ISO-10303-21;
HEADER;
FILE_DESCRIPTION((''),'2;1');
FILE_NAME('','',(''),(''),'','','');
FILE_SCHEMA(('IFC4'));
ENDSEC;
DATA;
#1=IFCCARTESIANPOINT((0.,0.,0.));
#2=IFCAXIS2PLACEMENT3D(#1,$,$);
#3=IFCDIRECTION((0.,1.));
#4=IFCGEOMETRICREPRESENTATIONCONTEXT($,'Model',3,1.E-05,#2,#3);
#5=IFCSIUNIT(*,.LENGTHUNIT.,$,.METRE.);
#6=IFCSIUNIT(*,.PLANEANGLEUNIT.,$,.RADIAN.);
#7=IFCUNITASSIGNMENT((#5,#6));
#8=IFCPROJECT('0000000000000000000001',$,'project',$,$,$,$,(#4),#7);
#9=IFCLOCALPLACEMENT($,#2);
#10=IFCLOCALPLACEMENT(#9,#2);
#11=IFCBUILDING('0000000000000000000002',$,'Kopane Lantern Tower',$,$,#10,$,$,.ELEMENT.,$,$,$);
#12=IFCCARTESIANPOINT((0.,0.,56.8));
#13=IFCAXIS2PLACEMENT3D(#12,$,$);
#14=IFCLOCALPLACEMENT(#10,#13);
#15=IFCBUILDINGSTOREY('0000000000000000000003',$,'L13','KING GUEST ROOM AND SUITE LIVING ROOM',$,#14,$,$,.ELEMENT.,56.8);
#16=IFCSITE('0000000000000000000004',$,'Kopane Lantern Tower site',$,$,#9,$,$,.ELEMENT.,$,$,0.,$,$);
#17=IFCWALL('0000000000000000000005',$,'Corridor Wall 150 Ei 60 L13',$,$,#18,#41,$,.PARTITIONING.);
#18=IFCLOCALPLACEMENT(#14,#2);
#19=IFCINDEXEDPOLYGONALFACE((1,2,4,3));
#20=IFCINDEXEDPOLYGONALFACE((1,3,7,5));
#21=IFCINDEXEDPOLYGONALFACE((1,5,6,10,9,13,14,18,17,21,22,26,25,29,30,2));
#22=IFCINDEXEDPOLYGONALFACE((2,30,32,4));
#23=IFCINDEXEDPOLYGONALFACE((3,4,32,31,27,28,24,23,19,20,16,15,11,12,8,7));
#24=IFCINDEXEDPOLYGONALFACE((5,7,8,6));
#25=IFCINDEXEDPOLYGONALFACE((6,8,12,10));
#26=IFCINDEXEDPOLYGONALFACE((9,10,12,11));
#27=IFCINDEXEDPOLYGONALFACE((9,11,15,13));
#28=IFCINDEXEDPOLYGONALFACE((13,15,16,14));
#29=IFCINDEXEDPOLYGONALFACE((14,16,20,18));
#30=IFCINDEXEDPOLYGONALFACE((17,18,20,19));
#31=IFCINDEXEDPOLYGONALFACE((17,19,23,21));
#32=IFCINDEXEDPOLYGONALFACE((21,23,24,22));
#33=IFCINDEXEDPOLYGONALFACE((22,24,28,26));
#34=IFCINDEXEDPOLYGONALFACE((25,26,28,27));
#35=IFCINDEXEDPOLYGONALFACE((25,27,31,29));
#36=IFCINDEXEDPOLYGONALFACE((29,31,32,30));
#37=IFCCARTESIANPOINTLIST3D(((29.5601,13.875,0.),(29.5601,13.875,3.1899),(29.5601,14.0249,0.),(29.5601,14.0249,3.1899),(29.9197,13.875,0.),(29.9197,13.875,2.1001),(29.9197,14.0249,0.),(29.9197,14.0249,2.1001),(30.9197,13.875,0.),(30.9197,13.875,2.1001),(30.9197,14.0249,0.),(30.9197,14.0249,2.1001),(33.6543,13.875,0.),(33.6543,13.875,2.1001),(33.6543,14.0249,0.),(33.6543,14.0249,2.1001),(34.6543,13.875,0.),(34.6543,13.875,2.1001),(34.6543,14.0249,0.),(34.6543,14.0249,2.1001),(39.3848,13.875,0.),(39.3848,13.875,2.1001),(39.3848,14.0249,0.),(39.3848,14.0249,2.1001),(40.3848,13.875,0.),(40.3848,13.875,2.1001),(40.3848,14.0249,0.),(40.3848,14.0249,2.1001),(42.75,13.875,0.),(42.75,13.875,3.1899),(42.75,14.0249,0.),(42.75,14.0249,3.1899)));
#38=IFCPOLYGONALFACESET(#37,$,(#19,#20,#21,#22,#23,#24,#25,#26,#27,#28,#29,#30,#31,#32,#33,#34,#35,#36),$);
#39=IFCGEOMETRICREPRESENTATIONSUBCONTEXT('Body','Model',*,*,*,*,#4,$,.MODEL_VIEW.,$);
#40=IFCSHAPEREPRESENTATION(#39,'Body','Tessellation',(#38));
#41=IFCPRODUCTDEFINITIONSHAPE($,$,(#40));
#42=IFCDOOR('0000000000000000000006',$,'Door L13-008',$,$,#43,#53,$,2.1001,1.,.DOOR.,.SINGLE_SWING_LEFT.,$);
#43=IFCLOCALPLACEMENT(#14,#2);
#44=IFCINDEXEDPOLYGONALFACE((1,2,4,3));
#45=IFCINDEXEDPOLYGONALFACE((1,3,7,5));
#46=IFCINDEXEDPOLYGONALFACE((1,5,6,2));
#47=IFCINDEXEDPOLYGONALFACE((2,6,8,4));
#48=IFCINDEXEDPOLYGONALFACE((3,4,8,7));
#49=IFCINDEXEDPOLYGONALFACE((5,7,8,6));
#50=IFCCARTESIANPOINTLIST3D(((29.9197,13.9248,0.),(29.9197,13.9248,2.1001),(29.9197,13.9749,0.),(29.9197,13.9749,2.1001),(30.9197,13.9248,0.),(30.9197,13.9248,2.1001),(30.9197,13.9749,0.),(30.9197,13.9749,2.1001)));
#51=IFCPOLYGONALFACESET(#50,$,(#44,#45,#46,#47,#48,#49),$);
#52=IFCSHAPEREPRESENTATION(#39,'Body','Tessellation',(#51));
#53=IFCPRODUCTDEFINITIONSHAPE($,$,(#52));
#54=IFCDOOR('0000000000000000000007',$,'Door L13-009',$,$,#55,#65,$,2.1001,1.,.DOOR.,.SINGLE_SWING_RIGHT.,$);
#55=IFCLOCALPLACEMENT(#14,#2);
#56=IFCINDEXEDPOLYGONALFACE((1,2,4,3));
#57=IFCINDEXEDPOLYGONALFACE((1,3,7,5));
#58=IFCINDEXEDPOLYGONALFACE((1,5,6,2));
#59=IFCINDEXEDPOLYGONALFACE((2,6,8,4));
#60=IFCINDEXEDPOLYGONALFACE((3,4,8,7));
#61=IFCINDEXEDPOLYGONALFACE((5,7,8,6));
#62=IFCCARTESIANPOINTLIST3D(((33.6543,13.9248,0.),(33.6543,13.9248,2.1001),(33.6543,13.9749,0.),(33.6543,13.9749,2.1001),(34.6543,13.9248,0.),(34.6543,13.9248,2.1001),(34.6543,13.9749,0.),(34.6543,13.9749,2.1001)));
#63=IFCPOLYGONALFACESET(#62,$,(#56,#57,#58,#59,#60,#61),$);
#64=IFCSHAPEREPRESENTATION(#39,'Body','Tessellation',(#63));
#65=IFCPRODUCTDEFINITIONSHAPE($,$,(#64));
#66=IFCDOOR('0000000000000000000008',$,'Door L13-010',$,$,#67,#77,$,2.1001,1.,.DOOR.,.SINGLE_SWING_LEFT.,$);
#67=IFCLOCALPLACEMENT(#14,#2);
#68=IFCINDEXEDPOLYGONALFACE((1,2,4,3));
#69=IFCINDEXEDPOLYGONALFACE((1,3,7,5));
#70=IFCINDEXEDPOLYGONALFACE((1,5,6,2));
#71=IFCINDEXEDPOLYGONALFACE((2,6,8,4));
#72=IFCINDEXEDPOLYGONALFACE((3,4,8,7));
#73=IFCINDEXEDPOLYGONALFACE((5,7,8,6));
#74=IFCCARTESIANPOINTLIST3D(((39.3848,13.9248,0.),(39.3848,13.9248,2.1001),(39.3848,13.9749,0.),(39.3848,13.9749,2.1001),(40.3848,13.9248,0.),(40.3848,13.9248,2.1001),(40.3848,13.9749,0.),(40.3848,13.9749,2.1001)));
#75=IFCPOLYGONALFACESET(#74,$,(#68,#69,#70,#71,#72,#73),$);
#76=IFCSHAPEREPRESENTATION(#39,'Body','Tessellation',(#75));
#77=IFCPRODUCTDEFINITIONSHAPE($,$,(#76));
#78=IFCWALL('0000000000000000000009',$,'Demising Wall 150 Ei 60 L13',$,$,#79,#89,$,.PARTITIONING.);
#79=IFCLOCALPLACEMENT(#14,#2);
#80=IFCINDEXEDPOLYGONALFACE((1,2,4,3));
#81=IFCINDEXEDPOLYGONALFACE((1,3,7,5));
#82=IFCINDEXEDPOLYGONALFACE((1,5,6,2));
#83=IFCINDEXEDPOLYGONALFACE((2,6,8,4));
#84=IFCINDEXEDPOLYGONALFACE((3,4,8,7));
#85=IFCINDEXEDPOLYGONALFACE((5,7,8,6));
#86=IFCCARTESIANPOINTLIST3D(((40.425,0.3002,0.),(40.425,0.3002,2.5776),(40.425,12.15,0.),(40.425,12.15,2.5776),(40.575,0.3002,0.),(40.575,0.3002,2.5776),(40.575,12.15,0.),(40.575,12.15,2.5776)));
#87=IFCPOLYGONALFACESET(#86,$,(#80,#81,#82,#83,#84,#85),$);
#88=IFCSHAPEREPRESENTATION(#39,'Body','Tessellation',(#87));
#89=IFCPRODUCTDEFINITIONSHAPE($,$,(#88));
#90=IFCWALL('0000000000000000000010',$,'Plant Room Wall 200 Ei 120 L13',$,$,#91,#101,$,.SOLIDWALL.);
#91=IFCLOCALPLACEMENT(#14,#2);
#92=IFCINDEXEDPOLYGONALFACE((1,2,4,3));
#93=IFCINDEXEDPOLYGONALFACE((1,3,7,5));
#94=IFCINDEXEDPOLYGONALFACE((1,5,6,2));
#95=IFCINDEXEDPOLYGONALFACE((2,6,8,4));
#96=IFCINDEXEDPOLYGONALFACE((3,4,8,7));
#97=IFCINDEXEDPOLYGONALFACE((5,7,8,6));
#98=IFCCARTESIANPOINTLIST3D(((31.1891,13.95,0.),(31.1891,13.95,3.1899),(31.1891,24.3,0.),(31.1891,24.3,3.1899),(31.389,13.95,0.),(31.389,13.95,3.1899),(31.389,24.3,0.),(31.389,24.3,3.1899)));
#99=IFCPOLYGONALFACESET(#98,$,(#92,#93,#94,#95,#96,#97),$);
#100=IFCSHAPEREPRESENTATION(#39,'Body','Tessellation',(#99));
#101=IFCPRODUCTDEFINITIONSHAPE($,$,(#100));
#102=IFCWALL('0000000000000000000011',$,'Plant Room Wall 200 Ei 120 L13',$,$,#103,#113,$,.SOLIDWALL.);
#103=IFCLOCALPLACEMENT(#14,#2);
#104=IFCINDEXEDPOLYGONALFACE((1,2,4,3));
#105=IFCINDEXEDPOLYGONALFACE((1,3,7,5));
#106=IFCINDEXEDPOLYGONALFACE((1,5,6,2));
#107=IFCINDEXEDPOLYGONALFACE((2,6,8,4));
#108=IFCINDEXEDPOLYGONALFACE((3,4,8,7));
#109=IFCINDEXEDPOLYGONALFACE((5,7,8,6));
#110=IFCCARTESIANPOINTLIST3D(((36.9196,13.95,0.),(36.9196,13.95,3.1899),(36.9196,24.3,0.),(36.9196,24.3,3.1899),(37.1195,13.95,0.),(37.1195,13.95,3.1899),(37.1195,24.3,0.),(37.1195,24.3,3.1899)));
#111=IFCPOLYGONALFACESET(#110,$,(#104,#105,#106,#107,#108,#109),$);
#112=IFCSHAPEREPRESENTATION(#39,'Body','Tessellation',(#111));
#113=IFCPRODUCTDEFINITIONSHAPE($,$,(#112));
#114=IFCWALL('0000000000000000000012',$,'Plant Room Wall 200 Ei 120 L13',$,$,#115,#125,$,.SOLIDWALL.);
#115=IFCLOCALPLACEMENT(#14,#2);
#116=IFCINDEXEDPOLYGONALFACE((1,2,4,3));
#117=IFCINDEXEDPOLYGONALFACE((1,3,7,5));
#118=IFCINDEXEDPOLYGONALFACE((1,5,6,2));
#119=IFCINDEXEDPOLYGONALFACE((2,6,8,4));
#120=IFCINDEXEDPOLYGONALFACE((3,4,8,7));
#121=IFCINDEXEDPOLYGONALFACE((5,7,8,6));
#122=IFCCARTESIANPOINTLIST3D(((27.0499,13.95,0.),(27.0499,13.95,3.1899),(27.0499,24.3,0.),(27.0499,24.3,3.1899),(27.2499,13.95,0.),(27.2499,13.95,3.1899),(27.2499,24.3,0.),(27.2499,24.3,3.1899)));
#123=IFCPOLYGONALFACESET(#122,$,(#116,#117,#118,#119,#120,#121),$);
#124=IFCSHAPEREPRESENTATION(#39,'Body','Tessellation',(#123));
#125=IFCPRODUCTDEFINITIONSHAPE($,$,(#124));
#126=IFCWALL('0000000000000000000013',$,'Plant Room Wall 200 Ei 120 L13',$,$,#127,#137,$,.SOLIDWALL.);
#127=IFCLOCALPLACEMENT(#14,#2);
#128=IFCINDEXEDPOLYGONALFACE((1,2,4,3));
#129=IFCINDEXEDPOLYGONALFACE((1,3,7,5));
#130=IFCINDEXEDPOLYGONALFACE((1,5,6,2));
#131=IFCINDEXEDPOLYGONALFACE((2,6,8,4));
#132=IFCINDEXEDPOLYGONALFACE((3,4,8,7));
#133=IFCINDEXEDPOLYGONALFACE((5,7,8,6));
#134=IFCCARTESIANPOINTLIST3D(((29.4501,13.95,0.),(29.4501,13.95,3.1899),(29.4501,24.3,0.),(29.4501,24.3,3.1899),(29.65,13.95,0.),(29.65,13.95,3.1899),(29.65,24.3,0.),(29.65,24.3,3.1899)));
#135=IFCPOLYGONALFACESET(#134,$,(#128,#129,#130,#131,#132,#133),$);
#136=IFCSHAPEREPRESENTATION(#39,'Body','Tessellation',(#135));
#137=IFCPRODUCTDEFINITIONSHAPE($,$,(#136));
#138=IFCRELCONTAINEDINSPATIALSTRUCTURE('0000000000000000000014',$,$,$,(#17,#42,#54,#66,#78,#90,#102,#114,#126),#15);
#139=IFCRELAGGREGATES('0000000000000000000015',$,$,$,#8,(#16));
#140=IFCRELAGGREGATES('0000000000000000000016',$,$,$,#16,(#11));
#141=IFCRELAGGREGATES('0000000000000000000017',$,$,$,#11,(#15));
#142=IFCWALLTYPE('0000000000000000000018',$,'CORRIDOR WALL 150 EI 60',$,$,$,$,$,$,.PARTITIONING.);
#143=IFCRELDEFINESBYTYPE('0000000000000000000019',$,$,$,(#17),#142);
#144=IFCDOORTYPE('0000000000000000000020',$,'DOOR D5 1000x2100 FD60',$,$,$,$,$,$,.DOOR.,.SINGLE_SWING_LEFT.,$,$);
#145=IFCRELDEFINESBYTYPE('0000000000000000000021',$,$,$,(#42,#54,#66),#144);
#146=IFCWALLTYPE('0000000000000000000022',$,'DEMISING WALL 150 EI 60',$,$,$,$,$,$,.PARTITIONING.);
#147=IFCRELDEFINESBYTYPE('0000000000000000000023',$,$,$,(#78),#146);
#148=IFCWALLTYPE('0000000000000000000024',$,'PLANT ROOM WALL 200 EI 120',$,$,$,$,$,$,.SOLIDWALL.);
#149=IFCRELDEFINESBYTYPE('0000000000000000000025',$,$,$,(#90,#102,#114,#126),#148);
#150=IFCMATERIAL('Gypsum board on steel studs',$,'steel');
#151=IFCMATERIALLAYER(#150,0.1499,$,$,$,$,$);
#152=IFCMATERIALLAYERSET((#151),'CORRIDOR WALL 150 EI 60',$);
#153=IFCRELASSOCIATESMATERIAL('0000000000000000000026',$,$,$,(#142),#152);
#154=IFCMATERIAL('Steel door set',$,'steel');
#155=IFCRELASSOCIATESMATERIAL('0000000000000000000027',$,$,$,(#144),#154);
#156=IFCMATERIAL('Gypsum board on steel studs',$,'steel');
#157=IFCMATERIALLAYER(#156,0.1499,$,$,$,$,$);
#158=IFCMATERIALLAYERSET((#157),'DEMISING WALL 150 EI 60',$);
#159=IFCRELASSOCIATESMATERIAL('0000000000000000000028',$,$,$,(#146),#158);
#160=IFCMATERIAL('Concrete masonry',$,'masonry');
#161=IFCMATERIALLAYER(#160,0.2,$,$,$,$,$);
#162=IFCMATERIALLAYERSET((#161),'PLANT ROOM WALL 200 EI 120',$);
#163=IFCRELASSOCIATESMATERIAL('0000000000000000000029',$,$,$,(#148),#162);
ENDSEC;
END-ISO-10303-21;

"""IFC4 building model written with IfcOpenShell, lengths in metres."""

from ifc_helpers import new_model, si_unit, direction, frame, frame_2d, origin, place, context, subcontext, project, spatial, rectangle, extrude, material, layer, layer_set, type_object, element, fill, save


model = new_model("IFC4")

# Units and contexts
model_context = context("Model", 3, precision=1e-05, world=origin(), true_north=direction((0.0, 1.0)))
body_context = subcontext(model_context, "Body", "Model", "MODEL_VIEW")
ifc_project = project(units=[si_unit("LENGTHUNIT", "METRE"), si_unit("PLANEANGLEUNIT", "RADIAN")], contexts=[model_context])

# Site, building, storey
site_placement = place(None, origin())
site = spatial("IfcSite", under=ifc_project, at=site_placement, Name="Kopane Lantern Tower site", CompositionType="ELEMENT", RefElevation=0.0)
building_placement = place(site_placement, origin())
building = spatial("IfcBuilding", under=site, at=building_placement, Name="Kopane Lantern Tower", CompositionType="ELEMENT")
storey_placement = place(building_placement, frame((0.0, 0.0, 56.8)))
storey = spatial("IfcBuildingStorey", under=building, at=storey_placement, Name="L13", Description="KING GUEST ROOM AND SUITE LIVING ROOM", CompositionType="ELEMENT", Elevation=56.8)

# Wall, openings, doors
ifc_material_1 = material(Name="Gypsum board on steel studs", Category="steel")
ifc_layer_1 = layer(ifc_material_1, 0.1499)
ifc_layer_set_1 = layer_set([ifc_layer_1], Name="CORRIDOR WALL 150 EI 60")
wall_type_1 = type_object("IfcWallType", Name="CORRIDOR WALL 150 EI 60", PredefinedType="PARTITIONING", material=ifc_layer_set_1)
wall_1_placement = place(storey_placement, frame((29.5601, 13.95, 0.0), z_axis=(0.0, 0.0, 1.0), x_axis=(1.0, 0.0, 0.0)))
wall_1 = element("IfcWall", 1, at=wall_1_placement, inside=storey, type_object=wall_type_1, Name="Corridor Wall 150 Ei 60 L13", PredefinedType="PARTITIONING", context=body_context, shape_type="SweptSolid", body=[
    extrude(rectangle(XDim=13.1899, YDim=0.1499, at=frame_2d((6.595, 0.0))), origin(), (0.0, 0.0, 1.0), 3.1899),
])
opening_1_placement = place(wall_1_placement, frame((0.3596, 0.0, 0.0)))
opening_1 = element("IfcOpeningElement", 2, at=opening_1_placement, cuts=wall_1, PredefinedType="OPENING", context=body_context, shape_type="SweptSolid", body=[
    extrude(rectangle(XDim=1.0, YDim=2.1001, at=frame_2d((0.5, 1.05))), frame((0.0, 0.085, 0.0), z_axis=(0.0, -1.0, 0.0), x_axis=(1.0, 0.0, 0.0)), (0.0, 0.0, 1.0), 0.1699),
])
opening_2_placement = place(wall_1_placement, frame((4.0942, 0.0, 0.0)))
opening_2 = element("IfcOpeningElement", 3, at=opening_2_placement, cuts=wall_1, PredefinedType="OPENING", context=body_context, shape_type="SweptSolid", body=[
    extrude(rectangle(XDim=1.0, YDim=2.1001, at=frame_2d((0.5, 1.05))), frame((0.0, 0.085, 0.0), z_axis=(0.0, -1.0, 0.0), x_axis=(1.0, 0.0, 0.0)), (0.0, 0.0, 1.0), 0.1699),
])
opening_3_placement = place(wall_1_placement, frame((9.8247, 0.0, 0.0)))
opening_3 = element("IfcOpeningElement", 4, at=opening_3_placement, cuts=wall_1, PredefinedType="OPENING", context=body_context, shape_type="SweptSolid", body=[
    extrude(rectangle(XDim=1.0, YDim=2.1001, at=frame_2d((0.5, 1.05))), frame((0.0, 0.085, 0.0), z_axis=(0.0, -1.0, 0.0), x_axis=(1.0, 0.0, 0.0)), (0.0, 0.0, 1.0), 0.1699),
])
ifc_material_2 = material(Name="Steel door set", Category="steel")
door_type_1 = type_object("IfcDoorType", Name="DOOR D5 1000x2100 FD60", OperationType="SINGLE_SWING_LEFT", PredefinedType="DOOR", material=ifc_material_2)
door_1_placement = place(opening_1_placement, origin())
door_1 = element("IfcDoor", 5, at=door_1_placement, inside=storey, type_object=door_type_1, Name="Door L13-008", OperationType="SINGLE_SWING_LEFT", OverallHeight=2.1001, OverallWidth=1.0, PredefinedType="DOOR", context=body_context, shape_type="SweptSolid", body=[
    extrude(rectangle(XDim=1.0, YDim=2.1001, at=frame_2d((0.5, 1.05))), frame((0.0, 0.0249, 0.0), z_axis=(0.0, -1.0, 0.0), x_axis=(1.0, 0.0, 0.0)), (0.0, 0.0, 1.0), 0.05),
])
fill(opening_1, door_1)
door_2_placement = place(opening_2_placement, origin())
door_2 = element("IfcDoor", 6, at=door_2_placement, inside=storey, type_object=door_type_1, Name="Door L13-009", OperationType="SINGLE_SWING_RIGHT", OverallHeight=2.1001, OverallWidth=1.0, PredefinedType="DOOR", context=body_context, shape_type="SweptSolid", body=[
    extrude(rectangle(XDim=1.0, YDim=2.1001, at=frame_2d((0.5, 1.05))), frame((0.0, 0.0249, 0.0), z_axis=(0.0, -1.0, 0.0), x_axis=(1.0, 0.0, 0.0)), (0.0, 0.0, 1.0), 0.05),
])
fill(opening_2, door_2)
door_3_placement = place(opening_3_placement, origin())
door_3 = element("IfcDoor", 7, at=door_3_placement, inside=storey, type_object=door_type_1, Name="Door L13-010", OperationType="SINGLE_SWING_LEFT", OverallHeight=2.1001, OverallWidth=1.0, PredefinedType="DOOR", context=body_context, shape_type="SweptSolid", body=[
    extrude(rectangle(XDim=1.0, YDim=2.1001, at=frame_2d((0.5, 1.05))), frame((0.0, 0.0249, 0.0), z_axis=(0.0, -1.0, 0.0), x_axis=(1.0, 0.0, 0.0)), (0.0, 0.0, 1.0), 0.05),
])
fill(opening_3, door_3)

# Walls
ifc_material_3 = material(Name="Gypsum board on steel studs", Category="steel")
ifc_layer_2 = layer(ifc_material_3, 0.1499)
ifc_layer_set_2 = layer_set([ifc_layer_2], Name="DEMISING WALL 150 EI 60")
wall_type_2 = type_object("IfcWallType", Name="DEMISING WALL 150 EI 60", PredefinedType="PARTITIONING", material=ifc_layer_set_2)
wall_2_placement = place(storey_placement, frame((40.5, 12.1499, 0.0), z_axis=(0.0, 0.0, 1.0), x_axis=(0.0, -1.0, 0.0)))
element("IfcWall", 8, at=wall_2_placement, inside=storey, type_object=wall_type_2, Name="Demising Wall 150 Ei 60 L13", PredefinedType="PARTITIONING", context=body_context, shape_type="SweptSolid", body=[
    extrude(rectangle(XDim=11.8499, YDim=0.1499, at=frame_2d((5.9248, 0.0))), origin(), (0.0, 0.0, 1.0), 2.5776),
])
ifc_material_4 = material(Name="Concrete masonry", Category="masonry")
ifc_layer_3 = layer(ifc_material_4, 0.2)
ifc_layer_set_3 = layer_set([ifc_layer_3], Name="PLANT ROOM WALL 200 EI 120")
wall_type_3 = type_object("IfcWallType", Name="PLANT ROOM WALL 200 EI 120", PredefinedType="SOLIDWALL", material=ifc_layer_set_3)
for number, where, z_axis, x_axis, name in (
    (9, (31.2891, 13.95, 0.0), (0.0, 0.0, 1.0), (0.0, 1.0, 0.0), "Plant Room Wall 200 Ei 120 L13"),
    (10, (37.0195, 13.95, 0.0), (0.0, 0.0, 1.0), (0.0, 1.0, 0.0), "Plant Room Wall 200 Ei 120 L13"),
    (11, (27.1499, 13.95, 0.0), (0.0, 0.0, 1.0), (0.0, 1.0, 0.0), "Plant Room Wall 200 Ei 120 L13"),
    (12, (29.55, 13.95, 0.0), (0.0, 0.0, 1.0), (0.0, 1.0, 0.0), "Plant Room Wall 200 Ei 120 L13"),
):
    element("IfcWall", number, at=place(storey_placement, frame(where, z_axis=z_axis, x_axis=x_axis)), inside=storey, type_object=wall_type_3, Name=name, PredefinedType="SOLIDWALL", context=body_context, shape_type="SweptSolid", body=[
        extrude(rectangle(XDim=10.3501, YDim=0.2, at=frame_2d((5.175, 0.0))), origin(), (0.0, 0.0, 1.0), 3.1899),
    ])

save(model, "model.ifc")
